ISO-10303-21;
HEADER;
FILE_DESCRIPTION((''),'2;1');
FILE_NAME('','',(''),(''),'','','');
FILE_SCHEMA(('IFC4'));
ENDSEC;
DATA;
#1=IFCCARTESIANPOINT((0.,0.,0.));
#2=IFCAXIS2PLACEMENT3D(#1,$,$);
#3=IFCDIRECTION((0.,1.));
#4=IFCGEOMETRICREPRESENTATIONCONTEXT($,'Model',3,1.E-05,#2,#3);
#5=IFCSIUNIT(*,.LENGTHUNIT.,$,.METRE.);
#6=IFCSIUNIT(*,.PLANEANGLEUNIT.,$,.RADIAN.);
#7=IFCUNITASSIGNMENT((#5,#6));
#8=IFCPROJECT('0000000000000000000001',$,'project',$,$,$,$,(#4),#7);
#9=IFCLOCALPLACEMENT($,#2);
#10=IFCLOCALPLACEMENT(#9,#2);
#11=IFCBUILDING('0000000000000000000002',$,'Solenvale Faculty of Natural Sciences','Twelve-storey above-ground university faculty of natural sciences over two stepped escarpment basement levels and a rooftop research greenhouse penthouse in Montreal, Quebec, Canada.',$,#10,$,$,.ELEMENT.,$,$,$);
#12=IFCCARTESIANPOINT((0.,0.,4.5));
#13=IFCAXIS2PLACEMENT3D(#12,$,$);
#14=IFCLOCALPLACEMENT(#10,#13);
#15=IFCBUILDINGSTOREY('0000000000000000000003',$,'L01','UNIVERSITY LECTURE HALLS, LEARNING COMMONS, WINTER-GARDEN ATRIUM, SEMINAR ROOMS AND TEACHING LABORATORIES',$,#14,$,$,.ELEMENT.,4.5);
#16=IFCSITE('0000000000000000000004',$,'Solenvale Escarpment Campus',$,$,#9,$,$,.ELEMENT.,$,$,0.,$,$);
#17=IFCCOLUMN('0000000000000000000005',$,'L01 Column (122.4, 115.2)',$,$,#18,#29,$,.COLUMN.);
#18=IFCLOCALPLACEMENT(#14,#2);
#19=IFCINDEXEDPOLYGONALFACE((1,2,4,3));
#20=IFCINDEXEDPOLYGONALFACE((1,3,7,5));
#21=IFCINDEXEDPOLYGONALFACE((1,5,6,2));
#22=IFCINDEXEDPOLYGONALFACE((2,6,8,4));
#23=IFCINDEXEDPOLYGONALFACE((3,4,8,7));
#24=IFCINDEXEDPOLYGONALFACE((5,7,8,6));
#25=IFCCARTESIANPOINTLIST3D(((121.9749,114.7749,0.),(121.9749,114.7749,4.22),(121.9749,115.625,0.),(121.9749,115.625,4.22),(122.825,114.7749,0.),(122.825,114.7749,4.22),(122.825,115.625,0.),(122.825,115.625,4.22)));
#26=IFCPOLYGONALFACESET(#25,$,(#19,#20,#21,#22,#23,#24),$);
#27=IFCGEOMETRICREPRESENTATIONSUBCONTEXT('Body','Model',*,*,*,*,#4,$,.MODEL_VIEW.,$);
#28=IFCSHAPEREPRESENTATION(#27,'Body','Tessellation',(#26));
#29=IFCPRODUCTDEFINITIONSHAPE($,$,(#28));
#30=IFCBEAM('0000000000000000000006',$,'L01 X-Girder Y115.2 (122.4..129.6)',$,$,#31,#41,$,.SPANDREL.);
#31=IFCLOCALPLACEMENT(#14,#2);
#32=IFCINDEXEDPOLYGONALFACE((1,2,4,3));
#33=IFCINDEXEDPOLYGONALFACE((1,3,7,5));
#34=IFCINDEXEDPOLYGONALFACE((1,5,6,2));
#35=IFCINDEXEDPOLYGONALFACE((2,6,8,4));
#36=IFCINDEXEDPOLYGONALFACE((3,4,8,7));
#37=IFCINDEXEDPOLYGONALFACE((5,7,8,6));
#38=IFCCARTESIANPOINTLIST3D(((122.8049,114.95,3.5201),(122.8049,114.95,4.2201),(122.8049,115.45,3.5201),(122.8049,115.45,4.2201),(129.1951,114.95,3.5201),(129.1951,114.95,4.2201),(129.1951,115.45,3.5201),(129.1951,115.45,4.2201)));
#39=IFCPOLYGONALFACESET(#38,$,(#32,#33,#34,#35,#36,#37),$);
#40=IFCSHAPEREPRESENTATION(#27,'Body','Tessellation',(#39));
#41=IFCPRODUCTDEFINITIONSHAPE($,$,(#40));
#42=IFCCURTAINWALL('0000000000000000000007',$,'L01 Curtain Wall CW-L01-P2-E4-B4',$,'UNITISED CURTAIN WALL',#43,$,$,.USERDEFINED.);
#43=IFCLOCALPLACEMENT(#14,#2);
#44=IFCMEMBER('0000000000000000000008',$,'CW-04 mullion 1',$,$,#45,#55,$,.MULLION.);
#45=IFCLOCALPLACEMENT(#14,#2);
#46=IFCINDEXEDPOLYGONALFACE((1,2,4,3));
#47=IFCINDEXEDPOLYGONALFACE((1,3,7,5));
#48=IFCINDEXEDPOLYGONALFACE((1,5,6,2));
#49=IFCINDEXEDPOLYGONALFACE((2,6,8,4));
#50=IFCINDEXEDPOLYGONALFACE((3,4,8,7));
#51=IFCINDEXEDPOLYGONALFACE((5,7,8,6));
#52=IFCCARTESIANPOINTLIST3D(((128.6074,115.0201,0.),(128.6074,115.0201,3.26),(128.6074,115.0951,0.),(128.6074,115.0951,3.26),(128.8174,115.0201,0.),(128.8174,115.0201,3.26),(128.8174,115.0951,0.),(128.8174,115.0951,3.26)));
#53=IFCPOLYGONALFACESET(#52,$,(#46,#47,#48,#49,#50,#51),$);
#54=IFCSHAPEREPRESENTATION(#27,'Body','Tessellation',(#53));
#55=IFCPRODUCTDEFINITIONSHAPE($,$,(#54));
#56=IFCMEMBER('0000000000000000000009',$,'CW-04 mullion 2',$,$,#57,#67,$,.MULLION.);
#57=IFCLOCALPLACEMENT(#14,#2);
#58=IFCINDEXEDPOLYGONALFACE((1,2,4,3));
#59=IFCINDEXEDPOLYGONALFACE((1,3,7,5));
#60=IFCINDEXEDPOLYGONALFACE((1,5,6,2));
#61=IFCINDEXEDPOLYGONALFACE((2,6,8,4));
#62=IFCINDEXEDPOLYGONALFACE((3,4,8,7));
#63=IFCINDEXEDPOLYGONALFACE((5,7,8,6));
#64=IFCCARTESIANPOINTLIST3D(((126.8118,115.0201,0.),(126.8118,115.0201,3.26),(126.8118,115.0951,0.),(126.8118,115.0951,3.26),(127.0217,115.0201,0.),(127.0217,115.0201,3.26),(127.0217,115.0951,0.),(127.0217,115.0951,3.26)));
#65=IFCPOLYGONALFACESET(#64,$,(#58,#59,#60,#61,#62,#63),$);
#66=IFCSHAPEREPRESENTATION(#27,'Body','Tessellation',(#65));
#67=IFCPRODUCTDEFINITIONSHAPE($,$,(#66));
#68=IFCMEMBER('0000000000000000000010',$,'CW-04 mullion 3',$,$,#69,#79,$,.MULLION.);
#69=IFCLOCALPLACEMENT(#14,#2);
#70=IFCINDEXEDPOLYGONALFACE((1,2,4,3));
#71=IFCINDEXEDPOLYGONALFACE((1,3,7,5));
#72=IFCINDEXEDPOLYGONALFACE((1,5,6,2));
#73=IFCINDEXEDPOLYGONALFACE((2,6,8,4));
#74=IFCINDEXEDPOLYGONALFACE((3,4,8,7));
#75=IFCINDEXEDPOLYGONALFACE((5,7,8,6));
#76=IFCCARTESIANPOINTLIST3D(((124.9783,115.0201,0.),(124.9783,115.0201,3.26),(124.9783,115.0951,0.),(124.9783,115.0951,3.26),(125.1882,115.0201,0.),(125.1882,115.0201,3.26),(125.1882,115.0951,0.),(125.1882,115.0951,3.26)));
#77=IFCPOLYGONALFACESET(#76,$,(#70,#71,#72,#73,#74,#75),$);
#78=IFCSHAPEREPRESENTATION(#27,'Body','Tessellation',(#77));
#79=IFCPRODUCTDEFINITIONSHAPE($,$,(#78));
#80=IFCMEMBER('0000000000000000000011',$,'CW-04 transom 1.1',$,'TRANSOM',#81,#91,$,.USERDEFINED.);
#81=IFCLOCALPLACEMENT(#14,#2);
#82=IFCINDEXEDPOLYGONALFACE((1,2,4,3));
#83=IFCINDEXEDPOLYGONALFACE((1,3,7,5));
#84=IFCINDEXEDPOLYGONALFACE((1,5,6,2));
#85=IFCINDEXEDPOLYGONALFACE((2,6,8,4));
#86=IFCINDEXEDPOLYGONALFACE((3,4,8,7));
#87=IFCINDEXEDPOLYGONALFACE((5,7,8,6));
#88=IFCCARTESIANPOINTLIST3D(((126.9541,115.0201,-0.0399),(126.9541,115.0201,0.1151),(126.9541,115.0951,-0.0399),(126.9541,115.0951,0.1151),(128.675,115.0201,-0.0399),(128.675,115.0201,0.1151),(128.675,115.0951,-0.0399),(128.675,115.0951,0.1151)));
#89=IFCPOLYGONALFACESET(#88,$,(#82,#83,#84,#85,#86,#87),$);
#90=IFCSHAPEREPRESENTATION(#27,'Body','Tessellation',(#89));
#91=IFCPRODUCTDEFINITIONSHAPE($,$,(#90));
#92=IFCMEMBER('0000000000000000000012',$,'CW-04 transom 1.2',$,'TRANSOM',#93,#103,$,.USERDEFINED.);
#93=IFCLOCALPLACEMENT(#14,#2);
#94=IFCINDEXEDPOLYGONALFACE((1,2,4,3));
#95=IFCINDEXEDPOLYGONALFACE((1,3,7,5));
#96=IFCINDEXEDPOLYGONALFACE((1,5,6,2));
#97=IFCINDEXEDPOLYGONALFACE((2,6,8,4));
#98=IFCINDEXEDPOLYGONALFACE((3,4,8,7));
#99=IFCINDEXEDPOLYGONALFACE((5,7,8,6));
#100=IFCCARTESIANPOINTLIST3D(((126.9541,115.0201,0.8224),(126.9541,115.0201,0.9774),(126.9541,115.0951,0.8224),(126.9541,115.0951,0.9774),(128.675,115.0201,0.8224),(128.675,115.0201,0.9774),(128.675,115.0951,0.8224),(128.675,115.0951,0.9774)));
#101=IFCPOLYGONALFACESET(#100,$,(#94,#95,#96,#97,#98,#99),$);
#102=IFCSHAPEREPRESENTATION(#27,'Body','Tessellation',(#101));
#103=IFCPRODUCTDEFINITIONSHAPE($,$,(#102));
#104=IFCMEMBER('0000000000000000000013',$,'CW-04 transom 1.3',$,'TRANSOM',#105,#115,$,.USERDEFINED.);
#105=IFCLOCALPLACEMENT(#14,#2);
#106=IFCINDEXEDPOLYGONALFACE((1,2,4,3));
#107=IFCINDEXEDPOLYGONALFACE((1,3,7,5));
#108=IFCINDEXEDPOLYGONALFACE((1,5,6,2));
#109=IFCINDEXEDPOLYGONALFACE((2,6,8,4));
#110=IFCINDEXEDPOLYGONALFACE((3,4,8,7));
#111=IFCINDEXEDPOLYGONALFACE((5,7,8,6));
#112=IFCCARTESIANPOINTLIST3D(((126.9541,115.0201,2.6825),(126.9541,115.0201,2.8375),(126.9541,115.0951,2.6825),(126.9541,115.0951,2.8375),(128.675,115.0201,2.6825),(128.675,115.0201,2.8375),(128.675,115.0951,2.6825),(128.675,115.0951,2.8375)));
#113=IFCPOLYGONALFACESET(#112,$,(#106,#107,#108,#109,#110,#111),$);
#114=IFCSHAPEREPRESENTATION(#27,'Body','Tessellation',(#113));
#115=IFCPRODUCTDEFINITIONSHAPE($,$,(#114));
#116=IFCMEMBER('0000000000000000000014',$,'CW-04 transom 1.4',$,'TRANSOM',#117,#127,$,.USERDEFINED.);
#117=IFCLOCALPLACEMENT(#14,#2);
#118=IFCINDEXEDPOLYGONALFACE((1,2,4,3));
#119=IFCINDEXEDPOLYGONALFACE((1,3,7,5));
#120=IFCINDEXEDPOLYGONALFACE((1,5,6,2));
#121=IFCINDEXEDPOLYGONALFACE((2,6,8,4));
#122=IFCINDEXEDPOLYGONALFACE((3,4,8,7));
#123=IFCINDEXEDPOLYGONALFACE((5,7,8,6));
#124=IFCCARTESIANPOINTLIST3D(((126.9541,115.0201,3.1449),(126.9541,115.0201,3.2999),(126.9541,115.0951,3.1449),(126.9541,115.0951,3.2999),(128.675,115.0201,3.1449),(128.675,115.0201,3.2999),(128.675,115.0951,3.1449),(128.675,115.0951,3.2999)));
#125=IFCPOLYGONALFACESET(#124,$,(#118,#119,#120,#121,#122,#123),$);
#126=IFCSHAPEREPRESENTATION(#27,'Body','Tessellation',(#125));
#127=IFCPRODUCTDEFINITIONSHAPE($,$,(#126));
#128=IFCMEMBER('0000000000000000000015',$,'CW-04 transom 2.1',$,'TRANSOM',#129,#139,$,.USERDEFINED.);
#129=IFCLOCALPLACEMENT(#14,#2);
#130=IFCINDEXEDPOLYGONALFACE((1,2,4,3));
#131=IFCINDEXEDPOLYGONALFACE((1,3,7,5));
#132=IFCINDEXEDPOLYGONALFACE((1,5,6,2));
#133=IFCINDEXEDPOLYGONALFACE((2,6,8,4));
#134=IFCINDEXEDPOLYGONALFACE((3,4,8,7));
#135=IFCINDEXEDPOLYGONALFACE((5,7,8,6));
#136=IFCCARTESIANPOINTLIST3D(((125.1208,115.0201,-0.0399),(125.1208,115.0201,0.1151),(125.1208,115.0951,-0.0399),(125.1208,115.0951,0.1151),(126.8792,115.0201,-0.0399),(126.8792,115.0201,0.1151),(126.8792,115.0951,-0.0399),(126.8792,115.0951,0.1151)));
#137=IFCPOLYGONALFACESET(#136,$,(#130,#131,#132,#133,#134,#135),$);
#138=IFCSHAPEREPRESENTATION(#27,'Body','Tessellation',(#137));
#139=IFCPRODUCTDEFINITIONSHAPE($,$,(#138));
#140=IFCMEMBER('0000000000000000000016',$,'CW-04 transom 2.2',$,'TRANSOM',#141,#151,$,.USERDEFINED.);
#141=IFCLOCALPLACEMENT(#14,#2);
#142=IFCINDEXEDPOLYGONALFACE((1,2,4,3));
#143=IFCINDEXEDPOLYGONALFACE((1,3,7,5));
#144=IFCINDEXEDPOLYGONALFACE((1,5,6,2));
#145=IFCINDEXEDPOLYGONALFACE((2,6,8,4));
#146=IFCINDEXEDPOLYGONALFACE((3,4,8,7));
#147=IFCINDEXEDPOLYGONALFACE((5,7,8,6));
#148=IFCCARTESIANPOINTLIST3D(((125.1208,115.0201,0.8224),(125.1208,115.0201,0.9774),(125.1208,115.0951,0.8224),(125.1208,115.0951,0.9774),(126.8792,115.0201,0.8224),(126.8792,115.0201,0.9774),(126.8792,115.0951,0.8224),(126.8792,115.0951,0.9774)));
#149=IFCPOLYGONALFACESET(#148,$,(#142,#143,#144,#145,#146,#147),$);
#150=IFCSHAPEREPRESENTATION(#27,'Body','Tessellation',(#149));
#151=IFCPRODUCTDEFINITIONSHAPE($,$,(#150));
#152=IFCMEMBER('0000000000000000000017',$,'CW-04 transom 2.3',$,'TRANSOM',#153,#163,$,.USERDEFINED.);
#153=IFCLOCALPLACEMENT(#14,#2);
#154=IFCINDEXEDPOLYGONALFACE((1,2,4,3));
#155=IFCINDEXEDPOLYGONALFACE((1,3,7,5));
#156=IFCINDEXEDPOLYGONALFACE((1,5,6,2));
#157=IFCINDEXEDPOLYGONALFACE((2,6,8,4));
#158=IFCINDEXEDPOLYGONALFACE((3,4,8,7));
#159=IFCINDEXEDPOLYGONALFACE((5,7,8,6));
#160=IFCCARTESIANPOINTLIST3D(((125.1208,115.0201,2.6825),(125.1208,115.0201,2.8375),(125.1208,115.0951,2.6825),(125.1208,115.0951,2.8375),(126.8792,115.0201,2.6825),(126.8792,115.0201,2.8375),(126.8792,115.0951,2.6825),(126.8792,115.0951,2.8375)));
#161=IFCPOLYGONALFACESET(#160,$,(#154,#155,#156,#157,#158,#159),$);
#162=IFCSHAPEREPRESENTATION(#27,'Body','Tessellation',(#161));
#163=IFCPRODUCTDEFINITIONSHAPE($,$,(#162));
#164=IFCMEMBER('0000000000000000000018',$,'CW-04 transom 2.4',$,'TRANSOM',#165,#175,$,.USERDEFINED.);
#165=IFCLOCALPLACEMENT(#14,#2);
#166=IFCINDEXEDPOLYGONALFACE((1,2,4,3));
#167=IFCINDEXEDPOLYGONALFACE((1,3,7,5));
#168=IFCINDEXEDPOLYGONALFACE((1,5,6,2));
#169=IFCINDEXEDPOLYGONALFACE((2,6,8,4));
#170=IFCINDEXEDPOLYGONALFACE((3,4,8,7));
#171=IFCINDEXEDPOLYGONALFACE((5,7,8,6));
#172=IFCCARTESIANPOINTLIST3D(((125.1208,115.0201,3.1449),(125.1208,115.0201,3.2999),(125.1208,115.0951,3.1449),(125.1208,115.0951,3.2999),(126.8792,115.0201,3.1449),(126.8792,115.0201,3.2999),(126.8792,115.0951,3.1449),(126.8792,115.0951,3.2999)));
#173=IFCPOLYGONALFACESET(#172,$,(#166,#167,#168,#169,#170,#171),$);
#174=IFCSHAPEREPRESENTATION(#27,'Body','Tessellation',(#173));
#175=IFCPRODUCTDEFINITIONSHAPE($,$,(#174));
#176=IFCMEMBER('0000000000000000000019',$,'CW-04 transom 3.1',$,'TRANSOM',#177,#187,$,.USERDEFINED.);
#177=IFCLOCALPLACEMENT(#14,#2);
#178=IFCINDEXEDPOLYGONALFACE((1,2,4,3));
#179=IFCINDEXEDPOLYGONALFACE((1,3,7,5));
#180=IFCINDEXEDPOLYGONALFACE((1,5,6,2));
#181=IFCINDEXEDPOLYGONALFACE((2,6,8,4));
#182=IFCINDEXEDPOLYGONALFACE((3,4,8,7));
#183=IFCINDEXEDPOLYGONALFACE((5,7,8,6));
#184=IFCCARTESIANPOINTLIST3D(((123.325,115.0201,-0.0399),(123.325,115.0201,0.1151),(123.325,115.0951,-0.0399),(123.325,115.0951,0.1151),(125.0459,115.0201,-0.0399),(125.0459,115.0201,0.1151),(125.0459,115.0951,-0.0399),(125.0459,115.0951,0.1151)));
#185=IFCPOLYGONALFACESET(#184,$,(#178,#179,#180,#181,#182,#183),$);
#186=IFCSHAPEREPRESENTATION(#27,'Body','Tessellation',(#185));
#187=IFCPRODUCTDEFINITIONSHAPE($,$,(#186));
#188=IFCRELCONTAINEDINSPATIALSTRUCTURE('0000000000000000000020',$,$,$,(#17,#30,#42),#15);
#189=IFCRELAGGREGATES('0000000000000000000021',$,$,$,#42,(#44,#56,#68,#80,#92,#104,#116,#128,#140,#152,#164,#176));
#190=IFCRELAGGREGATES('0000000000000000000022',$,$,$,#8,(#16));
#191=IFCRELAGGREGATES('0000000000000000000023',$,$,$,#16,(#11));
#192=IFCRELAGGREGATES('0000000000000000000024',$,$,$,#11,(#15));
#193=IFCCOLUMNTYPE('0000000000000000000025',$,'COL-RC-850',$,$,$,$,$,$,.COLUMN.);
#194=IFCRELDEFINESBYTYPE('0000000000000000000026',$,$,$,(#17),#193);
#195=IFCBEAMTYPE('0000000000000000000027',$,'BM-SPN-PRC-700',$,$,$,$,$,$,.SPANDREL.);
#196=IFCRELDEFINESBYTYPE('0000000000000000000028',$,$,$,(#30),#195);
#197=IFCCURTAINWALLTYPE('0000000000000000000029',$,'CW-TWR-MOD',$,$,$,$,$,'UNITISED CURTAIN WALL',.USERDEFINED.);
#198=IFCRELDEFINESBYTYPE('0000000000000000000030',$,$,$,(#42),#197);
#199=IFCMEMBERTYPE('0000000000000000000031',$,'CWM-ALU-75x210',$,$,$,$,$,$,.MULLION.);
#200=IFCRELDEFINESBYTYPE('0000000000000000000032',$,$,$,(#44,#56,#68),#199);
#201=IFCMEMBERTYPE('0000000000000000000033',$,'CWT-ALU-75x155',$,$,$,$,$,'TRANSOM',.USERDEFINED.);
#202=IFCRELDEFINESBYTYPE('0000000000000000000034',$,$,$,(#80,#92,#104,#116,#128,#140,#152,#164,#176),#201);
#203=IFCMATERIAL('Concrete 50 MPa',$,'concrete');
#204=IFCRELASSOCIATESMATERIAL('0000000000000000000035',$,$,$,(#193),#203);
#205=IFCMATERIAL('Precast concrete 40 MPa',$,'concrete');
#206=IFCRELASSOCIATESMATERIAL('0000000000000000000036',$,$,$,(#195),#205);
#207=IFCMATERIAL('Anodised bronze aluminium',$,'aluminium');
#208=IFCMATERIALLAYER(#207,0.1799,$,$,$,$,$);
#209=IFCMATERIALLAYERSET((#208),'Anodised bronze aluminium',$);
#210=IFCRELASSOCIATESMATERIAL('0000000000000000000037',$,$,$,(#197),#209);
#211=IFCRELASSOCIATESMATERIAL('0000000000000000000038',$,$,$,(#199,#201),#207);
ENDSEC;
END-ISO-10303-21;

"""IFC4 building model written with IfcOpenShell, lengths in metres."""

from ifc_helpers import new_model, si_unit, direction, frame, origin, origin_2d, place, context, subcontext, project, spatial, rectangle, extrude, material, layer, layer_set, material_profile, profile_set, type_object, element, aggregate, save


model = new_model("IFC4")

# Units and contexts
model_context = context("Model", 3, precision=1e-05, world=origin(), true_north=direction((0.0, 1.0)))
body_context = subcontext(model_context, "Body", "Model", "MODEL_VIEW")
ifc_project = project(units=[si_unit("LENGTHUNIT", "METRE"), si_unit("PLANEANGLEUNIT", "RADIAN")], contexts=[model_context])

# Site, building, storey
site_placement = place(None, origin())
site = spatial("IfcSite", under=ifc_project, at=site_placement, Name="Solenvale Escarpment Campus", CompositionType="ELEMENT", RefElevation=0.0)
building_placement = place(site_placement, origin())
building = spatial("IfcBuilding", under=site, at=building_placement, Name="Solenvale Faculty of Natural Sciences", Description="Twelve-storey above-ground university faculty of natural sciences over two stepped escarpment basement levels and a rooftop research greenhouse penthouse in Montreal, Quebec, Canada.", CompositionType="ELEMENT")
storey_placement = place(building_placement, frame((0.0, 0.0, 4.5)))
storey = spatial("IfcBuildingStorey", under=building, at=storey_placement, Name="L01", Description="UNIVERSITY LECTURE HALLS, LEARNING COMMONS, WINTER-GARDEN ATRIUM, SEMINAR ROOMS AND TEACHING LABORATORIES", CompositionType="ELEMENT", Elevation=4.5)

# Column
ifc_material_1 = material(Name="Concrete 50 MPa", Category="concrete")
ifc_material_profile_1 = material_profile(ifc_material_1, rectangle(XDim=0.8501, YDim=0.8501, at=origin_2d()), Name="RC-COL-850x850")
ifc_profile_set_1 = profile_set([ifc_material_profile_1], Name="Concrete 50 MPa")
column_type = type_object("IfcColumnType", Name="COL-RC-850", PredefinedType="COLUMN", material=ifc_profile_set_1)
column_placement = place(storey_placement, frame((122.3999, 115.2, 0.0), z_axis=(0.0, 0.0, 1.0), x_axis=(1.0, 0.0, 0.0)))
element("IfcColumn", 1, at=column_placement, inside=storey, type_object=column_type, Name="L01 Column (122.4, 115.2)", PredefinedType="COLUMN", context=body_context, shape_type="SweptSolid", body=[
    extrude(rectangle(XDim=0.8501, YDim=0.8501, at=origin_2d()), origin(), (0.0, 0.0, 1.0), 4.22),
])

# Beam
ifc_material_2 = material(Name="Precast concrete 40 MPa", Category="concrete")
ifc_material_profile_2 = material_profile(ifc_material_2, rectangle(XDim=0.5, YDim=0.7, at=origin_2d()), Name="RC-BM-500x700")
ifc_profile_set_2 = profile_set([ifc_material_profile_2], Name="Precast concrete 40 MPa")
beam_type = type_object("IfcBeamType", Name="BM-SPN-PRC-700", PredefinedType="SPANDREL", material=ifc_profile_set_2)
beam_placement = place(storey_placement, frame((122.8049, 115.2, 3.8701), z_axis=(1.0, 0.0, 0.0), x_axis=(0.0, 1.0, 0.0)))
element("IfcBeam", 2, at=beam_placement, inside=storey, type_object=beam_type, Name="L01 X-Girder Y115.2 (122.4..129.6)", PredefinedType="SPANDREL", context=body_context, shape_type="SweptSolid", body=[
    extrude(rectangle(XDim=0.5, YDim=0.7, at=origin_2d()), origin(), (0.0, 0.0, 1.0), 6.3901),
])

# Curtain wall, members
ifc_material_3 = material(Name="Anodised bronze aluminium", Category="aluminium")
ifc_layer_1 = layer(ifc_material_3, 0.1799)
ifc_layer_set_1 = layer_set([ifc_layer_1], Name="Anodised bronze aluminium")
curtain_wall_type = type_object("IfcCurtainWallType", Name="CW-TWR-MOD", ElementType="UNITISED CURTAIN WALL", PredefinedType="USERDEFINED", material=ifc_layer_set_1)
curtain_wall_placement = place(storey_placement, origin())
curtain_wall = element("IfcCurtainWall", 3, at=curtain_wall_placement, inside=storey, type_object=curtain_wall_type, Name="L01 Curtain Wall CW-L01-P2-E4-B4", ObjectType="UNITISED CURTAIN WALL", PredefinedType="USERDEFINED")
ifc_material_profile_3 = material_profile(ifc_material_3, rectangle(XDim=0.075, YDim=0.21, at=origin_2d()), Name="ALU-MUL-75x210")
ifc_profile_set_3 = profile_set([ifc_material_profile_3], Name="Anodised bronze aluminium")
member_type_1 = type_object("IfcMemberType", Name="CWM-ALU-75x210", PredefinedType="MULLION", material=ifc_profile_set_3)
member_1_placement = place(storey_placement, frame((128.7124, 115.0576, 0.0), z_axis=(0.0, 0.0, 1.0), x_axis=(0.0, -1.0, 0.0)))
member_1 = element("IfcMember", 4, at=member_1_placement, type_object=member_type_1, Name="CW-04 mullion 1", PredefinedType="MULLION", context=body_context, shape_type="SweptSolid", body=[
    extrude(rectangle(XDim=0.075, YDim=0.21, at=origin_2d()), origin(), (0.0, 0.0, 1.0), 3.26),
])
member_2_placement = place(storey_placement, frame((126.9167, 115.0576, 0.0), z_axis=(0.0, 0.0, 1.0), x_axis=(0.0, -1.0, 0.0)))
member_2 = element("IfcMember", 5, at=member_2_placement, type_object=member_type_1, Name="CW-04 mullion 2", PredefinedType="MULLION", context=body_context, shape_type="SweptSolid", body=[
    extrude(rectangle(XDim=0.075, YDim=0.21, at=origin_2d()), origin(), (0.0, 0.0, 1.0), 3.26),
])
member_3_placement = place(storey_placement, frame((125.0833, 115.0576, 0.0), z_axis=(0.0, 0.0, 1.0), x_axis=(0.0, -1.0, 0.0)))
member_3 = element("IfcMember", 6, at=member_3_placement, type_object=member_type_1, Name="CW-04 mullion 3", PredefinedType="MULLION", context=body_context, shape_type="SweptSolid", body=[
    extrude(rectangle(XDim=0.075, YDim=0.21, at=origin_2d()), origin(), (0.0, 0.0, 1.0), 3.26),
])
ifc_material_profile_4 = material_profile(ifc_material_3, rectangle(XDim=0.075, YDim=0.155, at=origin_2d()), Name="ALU-TRN-75x155")
ifc_profile_set_4 = profile_set([ifc_material_profile_4], Name="Anodised bronze aluminium")
member_type_2 = type_object("IfcMemberType", Name="CWT-ALU-75x155", ElementType="TRANSOM", PredefinedType="USERDEFINED", material=ifc_profile_set_4)
member_4_placement = place(storey_placement, frame((128.675, 115.0576, 0.0376), z_axis=(-1.0, 0.0, 0.0), x_axis=(0.0, -1.0, 0.0)))
member_4 = element("IfcMember", 7, at=member_4_placement, type_object=member_type_2, Name="CW-04 transom 1.1", ObjectType="TRANSOM", PredefinedType="USERDEFINED", context=body_context, shape_type="SweptSolid", body=[
    extrude(rectangle(XDim=0.075, YDim=0.155, at=origin_2d()), origin(), (0.0, 0.0, 1.0), 1.7209),
])
member_5_placement = place(storey_placement, frame((128.675, 115.0576, 0.8999), z_axis=(-1.0, 0.0, 0.0), x_axis=(0.0, -1.0, 0.0)))
member_5 = element("IfcMember", 8, at=member_5_placement, type_object=member_type_2, Name="CW-04 transom 1.2", ObjectType="TRANSOM", PredefinedType="USERDEFINED", context=body_context, shape_type="SweptSolid", body=[
    extrude(rectangle(XDim=0.075, YDim=0.155, at=origin_2d()), origin(), (0.0, 0.0, 1.0), 1.7209),
])
member_6_placement = place(storey_placement, frame((128.675, 115.0576, 2.76), z_axis=(-1.0, 0.0, 0.0), x_axis=(0.0, -1.0, 0.0)))
member_6 = element("IfcMember", 9, at=member_6_placement, type_object=member_type_2, Name="CW-04 transom 1.3", ObjectType="TRANSOM", PredefinedType="USERDEFINED", context=body_context, shape_type="SweptSolid", body=[
    extrude(rectangle(XDim=0.075, YDim=0.155, at=origin_2d()), origin(), (0.0, 0.0, 1.0), 1.7209),
])
member_7_placement = place(storey_placement, frame((128.675, 115.0576, 3.2224), z_axis=(-1.0, 0.0, 0.0), x_axis=(0.0, -1.0, 0.0)))
member_7 = element("IfcMember", 10, at=member_7_placement, type_object=member_type_2, Name="CW-04 transom 1.4", ObjectType="TRANSOM", PredefinedType="USERDEFINED", context=body_context, shape_type="SweptSolid", body=[
    extrude(rectangle(XDim=0.075, YDim=0.155, at=origin_2d()), origin(), (0.0, 0.0, 1.0), 1.7209),
])
member_8_placement = place(storey_placement, frame((126.8792, 115.0576, 0.0376), z_axis=(-1.0, 0.0, 0.0), x_axis=(0.0, -1.0, 0.0)))
member_8 = element("IfcMember", 11, at=member_8_placement, type_object=member_type_2, Name="CW-04 transom 2.1", ObjectType="TRANSOM", PredefinedType="USERDEFINED", context=body_context, shape_type="SweptSolid", body=[
    extrude(rectangle(XDim=0.075, YDim=0.155, at=origin_2d()), origin(), (0.0, 0.0, 1.0), 1.7583),
])
member_9_placement = place(storey_placement, frame((126.8792, 115.0576, 0.8999), z_axis=(-1.0, 0.0, 0.0), x_axis=(0.0, -1.0, 0.0)))
member_9 = element("IfcMember", 12, at=member_9_placement, type_object=member_type_2, Name="CW-04 transom 2.2", ObjectType="TRANSOM", PredefinedType="USERDEFINED", context=body_context, shape_type="SweptSolid", body=[
    extrude(rectangle(XDim=0.075, YDim=0.155, at=origin_2d()), origin(), (0.0, 0.0, 1.0), 1.7583),
])
member_10_placement = place(storey_placement, frame((126.8792, 115.0576, 2.76), z_axis=(-1.0, 0.0, 0.0), x_axis=(0.0, -1.0, 0.0)))
member_10 = element("IfcMember", 13, at=member_10_placement, type_object=member_type_2, Name="CW-04 transom 2.3", ObjectType="TRANSOM", PredefinedType="USERDEFINED", context=body_context, shape_type="SweptSolid", body=[
    extrude(rectangle(XDim=0.075, YDim=0.155, at=origin_2d()), origin(), (0.0, 0.0, 1.0), 1.7583),
])
member_11_placement = place(storey_placement, frame((126.8792, 115.0576, 3.2224), z_axis=(-1.0, 0.0, 0.0), x_axis=(0.0, -1.0, 0.0)))
member_11 = element("IfcMember", 14, at=member_11_placement, type_object=member_type_2, Name="CW-04 transom 2.4", ObjectType="TRANSOM", PredefinedType="USERDEFINED", context=body_context, shape_type="SweptSolid", body=[
    extrude(rectangle(XDim=0.075, YDim=0.155, at=origin_2d()), origin(), (0.0, 0.0, 1.0), 1.7583),
])
member_12_placement = place(storey_placement, frame((125.0459, 115.0576, 0.0376), z_axis=(-1.0, 0.0, 0.0), x_axis=(0.0, -1.0, 0.0)))
member_12 = element("IfcMember", 15, at=member_12_placement, type_object=member_type_2, Name="CW-04 transom 3.1", ObjectType="TRANSOM", PredefinedType="USERDEFINED", context=body_context, shape_type="SweptSolid", body=[
    extrude(rectangle(XDim=0.075, YDim=0.155, at=origin_2d()), origin(), (0.0, 0.0, 1.0), 1.7209),
])
aggregate(curtain_wall, [member_1, member_2, member_3, member_4, member_5, member_6, member_7, member_8, member_9, member_10, member_11, member_12])

save(model, "model.ifc")
